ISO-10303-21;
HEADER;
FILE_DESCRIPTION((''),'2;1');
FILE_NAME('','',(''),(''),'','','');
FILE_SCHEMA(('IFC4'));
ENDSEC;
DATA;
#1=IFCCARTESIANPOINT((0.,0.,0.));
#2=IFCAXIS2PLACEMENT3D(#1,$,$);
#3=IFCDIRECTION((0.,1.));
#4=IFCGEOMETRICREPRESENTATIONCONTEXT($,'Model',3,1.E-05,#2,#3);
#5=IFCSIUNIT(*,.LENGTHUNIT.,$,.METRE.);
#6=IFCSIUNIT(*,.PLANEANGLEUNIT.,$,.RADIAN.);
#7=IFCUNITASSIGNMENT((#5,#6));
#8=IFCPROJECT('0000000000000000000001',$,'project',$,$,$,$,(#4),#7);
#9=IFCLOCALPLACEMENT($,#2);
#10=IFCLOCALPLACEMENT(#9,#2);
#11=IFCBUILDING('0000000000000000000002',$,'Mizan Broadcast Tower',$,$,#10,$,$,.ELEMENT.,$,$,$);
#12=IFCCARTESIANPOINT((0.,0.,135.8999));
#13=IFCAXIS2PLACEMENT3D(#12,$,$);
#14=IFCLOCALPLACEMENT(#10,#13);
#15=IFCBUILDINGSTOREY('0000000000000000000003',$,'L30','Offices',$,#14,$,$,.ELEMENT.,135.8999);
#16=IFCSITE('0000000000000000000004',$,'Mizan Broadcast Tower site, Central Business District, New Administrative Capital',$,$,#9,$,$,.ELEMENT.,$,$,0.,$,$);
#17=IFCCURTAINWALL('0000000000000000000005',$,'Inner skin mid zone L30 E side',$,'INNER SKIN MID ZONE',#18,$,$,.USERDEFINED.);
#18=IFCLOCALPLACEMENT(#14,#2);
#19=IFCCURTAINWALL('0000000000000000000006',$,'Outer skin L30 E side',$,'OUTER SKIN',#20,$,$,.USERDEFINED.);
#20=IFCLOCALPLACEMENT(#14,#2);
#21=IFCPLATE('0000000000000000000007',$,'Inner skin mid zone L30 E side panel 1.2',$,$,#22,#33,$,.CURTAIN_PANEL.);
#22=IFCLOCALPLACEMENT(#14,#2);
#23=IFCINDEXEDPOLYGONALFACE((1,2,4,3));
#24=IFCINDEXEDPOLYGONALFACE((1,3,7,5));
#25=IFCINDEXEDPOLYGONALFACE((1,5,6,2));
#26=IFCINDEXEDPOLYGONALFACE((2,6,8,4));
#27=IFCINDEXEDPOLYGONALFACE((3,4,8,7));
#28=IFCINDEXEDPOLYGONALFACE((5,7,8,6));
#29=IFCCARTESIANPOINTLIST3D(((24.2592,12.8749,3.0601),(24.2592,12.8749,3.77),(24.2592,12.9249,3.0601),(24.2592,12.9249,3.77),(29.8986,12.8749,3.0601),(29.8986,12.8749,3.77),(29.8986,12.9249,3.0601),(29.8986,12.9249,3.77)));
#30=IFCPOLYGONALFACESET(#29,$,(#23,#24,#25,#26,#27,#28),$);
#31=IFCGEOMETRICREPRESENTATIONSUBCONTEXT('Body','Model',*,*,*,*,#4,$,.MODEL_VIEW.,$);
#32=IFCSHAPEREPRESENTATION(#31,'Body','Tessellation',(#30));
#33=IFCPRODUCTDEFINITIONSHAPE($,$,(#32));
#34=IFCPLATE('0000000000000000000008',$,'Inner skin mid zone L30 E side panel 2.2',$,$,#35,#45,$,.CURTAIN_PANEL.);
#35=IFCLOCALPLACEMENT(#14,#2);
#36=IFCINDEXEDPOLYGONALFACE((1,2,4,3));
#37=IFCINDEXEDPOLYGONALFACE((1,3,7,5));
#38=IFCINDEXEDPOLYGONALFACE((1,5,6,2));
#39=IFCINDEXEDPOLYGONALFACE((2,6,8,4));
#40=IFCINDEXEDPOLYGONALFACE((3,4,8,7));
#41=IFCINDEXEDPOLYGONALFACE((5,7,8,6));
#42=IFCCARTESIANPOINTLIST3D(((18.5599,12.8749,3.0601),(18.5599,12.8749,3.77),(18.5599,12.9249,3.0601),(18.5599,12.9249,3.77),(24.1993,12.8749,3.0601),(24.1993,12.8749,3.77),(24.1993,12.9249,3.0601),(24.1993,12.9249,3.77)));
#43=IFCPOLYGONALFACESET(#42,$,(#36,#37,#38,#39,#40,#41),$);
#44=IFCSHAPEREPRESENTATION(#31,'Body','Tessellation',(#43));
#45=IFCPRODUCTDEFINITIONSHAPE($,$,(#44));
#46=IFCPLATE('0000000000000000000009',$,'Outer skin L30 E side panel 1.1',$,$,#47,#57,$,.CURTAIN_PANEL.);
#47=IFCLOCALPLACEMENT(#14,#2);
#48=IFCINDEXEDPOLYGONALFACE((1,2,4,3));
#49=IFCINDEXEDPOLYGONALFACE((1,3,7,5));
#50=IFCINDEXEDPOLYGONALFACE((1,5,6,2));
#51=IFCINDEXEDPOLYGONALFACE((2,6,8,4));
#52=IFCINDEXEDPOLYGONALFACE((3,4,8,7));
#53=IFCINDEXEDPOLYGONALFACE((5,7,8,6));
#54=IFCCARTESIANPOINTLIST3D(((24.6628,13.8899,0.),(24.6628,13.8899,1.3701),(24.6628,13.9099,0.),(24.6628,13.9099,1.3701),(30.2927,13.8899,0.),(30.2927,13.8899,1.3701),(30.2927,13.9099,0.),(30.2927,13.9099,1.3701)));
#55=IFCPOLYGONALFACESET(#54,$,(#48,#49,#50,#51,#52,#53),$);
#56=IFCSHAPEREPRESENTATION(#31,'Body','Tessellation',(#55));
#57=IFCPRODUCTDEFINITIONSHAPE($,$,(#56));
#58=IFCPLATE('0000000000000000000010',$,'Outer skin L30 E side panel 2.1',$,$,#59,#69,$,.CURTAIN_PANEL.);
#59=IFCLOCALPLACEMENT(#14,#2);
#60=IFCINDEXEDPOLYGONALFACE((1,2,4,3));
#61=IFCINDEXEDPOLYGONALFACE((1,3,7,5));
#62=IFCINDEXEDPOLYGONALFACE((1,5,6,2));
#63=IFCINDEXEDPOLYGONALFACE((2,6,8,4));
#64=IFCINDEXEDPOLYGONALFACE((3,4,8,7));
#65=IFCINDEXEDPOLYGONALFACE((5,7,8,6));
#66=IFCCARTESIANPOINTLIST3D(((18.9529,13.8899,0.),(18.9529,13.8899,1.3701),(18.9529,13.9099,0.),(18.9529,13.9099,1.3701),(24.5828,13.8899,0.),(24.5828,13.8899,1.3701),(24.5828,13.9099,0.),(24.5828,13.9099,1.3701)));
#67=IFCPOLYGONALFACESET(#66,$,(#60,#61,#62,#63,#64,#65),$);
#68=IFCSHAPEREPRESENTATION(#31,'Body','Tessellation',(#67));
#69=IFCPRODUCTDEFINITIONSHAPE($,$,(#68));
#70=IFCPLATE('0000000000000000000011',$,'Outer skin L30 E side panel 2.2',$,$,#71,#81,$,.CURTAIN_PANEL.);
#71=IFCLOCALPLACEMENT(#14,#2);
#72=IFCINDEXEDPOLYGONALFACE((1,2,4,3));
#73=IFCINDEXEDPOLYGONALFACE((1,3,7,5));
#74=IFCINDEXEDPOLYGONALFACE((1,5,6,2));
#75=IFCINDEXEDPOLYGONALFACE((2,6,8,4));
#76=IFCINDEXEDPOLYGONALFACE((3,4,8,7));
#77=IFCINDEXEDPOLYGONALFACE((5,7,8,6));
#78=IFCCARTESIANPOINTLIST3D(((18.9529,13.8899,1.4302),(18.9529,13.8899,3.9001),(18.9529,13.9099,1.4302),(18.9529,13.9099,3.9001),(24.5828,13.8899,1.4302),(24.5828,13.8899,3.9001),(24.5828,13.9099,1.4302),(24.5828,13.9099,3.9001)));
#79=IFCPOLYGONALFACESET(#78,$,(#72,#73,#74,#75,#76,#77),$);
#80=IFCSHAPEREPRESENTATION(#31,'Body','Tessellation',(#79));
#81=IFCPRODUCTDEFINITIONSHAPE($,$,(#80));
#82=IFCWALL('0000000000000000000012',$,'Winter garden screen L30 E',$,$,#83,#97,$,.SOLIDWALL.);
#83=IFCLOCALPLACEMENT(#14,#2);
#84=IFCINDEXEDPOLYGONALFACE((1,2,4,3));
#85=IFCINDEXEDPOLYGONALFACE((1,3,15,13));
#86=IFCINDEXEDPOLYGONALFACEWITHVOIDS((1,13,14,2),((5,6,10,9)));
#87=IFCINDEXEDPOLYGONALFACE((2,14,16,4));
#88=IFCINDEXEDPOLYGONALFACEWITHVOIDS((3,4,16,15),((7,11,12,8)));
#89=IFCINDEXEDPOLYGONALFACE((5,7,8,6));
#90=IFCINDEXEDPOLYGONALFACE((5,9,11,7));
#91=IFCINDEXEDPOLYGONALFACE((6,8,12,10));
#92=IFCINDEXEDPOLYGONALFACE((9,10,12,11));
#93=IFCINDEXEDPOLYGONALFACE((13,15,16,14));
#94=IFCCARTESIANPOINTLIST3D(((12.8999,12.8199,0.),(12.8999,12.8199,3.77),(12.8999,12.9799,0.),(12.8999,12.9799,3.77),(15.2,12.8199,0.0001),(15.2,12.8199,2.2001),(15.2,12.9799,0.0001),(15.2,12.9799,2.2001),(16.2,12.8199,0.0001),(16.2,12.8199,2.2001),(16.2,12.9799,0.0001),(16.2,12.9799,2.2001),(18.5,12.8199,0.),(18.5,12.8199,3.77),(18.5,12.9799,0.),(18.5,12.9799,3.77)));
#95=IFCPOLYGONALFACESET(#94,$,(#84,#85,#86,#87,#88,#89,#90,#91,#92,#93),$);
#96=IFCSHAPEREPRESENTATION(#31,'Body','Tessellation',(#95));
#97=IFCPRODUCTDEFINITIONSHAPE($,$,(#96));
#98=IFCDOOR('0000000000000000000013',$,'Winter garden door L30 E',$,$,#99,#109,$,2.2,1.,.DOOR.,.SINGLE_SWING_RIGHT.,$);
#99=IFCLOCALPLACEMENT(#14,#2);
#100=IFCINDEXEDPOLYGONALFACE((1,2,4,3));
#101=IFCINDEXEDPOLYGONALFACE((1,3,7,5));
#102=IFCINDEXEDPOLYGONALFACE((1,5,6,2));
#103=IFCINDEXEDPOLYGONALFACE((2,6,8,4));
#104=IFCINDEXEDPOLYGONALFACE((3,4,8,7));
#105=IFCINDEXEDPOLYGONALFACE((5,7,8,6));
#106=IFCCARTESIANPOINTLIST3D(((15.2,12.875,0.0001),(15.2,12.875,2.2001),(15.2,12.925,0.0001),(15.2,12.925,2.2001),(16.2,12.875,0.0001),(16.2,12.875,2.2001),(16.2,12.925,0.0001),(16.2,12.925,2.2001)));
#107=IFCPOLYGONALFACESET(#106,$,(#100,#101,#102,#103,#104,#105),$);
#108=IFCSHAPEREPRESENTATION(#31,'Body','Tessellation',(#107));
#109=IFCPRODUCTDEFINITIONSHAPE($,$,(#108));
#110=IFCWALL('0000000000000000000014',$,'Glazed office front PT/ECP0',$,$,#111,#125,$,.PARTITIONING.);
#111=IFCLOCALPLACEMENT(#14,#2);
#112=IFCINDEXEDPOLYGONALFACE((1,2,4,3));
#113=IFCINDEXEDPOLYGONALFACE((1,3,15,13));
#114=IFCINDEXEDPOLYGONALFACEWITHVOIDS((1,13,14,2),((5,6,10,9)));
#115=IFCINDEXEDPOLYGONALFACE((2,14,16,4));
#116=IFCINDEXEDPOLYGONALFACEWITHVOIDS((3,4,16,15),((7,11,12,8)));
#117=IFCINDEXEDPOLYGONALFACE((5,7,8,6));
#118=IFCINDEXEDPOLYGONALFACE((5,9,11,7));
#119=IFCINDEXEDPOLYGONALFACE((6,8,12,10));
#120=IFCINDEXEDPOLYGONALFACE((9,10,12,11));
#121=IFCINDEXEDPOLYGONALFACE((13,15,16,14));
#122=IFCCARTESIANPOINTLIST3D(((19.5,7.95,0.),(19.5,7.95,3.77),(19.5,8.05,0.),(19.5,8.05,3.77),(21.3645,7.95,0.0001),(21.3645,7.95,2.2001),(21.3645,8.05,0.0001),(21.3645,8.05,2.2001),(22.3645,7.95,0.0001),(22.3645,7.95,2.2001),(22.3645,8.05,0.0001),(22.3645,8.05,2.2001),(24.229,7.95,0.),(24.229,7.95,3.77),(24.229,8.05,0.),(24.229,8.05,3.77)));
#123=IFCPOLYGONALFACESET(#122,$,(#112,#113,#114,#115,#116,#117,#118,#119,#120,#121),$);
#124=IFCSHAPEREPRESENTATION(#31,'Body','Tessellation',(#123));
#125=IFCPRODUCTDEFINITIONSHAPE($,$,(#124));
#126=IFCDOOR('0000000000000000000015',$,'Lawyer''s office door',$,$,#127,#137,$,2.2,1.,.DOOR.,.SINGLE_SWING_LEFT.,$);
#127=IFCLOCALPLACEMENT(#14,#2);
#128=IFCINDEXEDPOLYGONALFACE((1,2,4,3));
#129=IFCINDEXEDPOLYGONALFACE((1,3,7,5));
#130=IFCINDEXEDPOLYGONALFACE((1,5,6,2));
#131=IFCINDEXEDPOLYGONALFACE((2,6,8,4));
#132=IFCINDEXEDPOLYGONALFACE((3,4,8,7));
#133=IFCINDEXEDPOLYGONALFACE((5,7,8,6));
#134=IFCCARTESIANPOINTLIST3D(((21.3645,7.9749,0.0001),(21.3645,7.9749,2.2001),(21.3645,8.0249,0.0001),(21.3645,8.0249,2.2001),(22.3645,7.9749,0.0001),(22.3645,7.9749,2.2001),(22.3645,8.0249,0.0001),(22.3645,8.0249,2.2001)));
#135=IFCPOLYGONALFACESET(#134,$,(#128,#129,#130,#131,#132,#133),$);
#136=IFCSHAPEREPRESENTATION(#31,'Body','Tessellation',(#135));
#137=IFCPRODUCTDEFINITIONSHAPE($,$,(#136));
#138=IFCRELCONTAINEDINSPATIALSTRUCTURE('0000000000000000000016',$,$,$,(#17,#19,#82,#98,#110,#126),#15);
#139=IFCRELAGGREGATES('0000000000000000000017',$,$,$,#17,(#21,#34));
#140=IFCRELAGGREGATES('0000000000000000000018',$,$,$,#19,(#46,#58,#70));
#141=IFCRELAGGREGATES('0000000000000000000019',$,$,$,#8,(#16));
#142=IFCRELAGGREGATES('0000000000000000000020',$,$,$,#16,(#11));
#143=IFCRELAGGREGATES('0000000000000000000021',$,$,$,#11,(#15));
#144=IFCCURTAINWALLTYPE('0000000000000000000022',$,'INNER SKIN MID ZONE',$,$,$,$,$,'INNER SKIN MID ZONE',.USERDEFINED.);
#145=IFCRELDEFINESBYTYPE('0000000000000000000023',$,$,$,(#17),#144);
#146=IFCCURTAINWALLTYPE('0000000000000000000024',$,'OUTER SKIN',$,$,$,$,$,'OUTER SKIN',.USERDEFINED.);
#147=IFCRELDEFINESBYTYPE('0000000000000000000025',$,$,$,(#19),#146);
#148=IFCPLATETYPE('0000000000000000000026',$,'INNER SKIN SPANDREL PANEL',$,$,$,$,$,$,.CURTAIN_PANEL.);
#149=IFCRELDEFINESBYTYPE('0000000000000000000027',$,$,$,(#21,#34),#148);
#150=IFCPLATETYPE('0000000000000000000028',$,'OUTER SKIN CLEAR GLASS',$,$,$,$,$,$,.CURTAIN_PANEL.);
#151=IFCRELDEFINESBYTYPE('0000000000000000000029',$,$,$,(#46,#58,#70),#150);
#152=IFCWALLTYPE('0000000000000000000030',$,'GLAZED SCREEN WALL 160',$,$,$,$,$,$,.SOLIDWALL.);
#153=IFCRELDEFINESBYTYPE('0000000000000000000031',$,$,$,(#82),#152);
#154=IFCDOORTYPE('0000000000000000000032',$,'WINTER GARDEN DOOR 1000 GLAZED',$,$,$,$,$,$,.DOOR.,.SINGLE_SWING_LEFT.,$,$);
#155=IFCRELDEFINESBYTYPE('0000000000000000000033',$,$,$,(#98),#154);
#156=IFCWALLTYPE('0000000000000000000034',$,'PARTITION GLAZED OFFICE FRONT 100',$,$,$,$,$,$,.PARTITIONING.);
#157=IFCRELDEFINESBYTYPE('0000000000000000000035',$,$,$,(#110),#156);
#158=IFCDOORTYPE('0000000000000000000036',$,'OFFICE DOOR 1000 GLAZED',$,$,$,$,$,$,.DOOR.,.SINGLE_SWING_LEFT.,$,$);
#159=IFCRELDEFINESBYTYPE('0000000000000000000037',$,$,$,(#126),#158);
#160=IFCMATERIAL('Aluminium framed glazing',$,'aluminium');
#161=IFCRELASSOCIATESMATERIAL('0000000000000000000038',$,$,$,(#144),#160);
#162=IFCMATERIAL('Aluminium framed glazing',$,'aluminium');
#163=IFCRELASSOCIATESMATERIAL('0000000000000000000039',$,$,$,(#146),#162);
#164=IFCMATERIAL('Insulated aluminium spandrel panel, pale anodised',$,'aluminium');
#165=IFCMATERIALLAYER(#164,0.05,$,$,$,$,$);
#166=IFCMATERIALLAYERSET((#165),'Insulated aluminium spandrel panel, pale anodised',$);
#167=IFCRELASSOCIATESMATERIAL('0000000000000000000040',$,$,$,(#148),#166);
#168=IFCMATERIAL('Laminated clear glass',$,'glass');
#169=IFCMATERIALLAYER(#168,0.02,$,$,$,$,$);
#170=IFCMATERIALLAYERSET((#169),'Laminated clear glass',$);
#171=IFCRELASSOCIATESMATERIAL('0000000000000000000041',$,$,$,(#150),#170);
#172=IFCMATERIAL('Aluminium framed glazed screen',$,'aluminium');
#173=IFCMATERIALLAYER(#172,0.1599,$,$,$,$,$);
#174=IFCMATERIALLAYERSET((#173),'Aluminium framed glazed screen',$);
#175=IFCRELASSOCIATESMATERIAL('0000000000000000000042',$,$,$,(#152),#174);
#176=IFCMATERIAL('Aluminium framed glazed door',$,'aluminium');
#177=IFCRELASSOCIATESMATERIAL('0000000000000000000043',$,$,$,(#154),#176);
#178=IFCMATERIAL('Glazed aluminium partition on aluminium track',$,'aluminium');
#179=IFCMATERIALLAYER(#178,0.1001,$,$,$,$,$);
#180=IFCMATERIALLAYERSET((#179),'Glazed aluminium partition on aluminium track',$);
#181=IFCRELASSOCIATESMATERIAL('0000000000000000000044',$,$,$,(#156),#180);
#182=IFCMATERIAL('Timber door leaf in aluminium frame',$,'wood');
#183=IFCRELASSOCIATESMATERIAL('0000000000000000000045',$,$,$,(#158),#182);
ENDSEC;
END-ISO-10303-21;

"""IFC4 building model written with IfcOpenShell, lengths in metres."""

from ifc_helpers import new_model, si_unit, direction, frame, frame_2d, origin, origin_2d, place, context, subcontext, project, spatial, rectangle, extrude, material, layer, layer_set, type_object, element, fill, aggregate, save


model = new_model("IFC4")

# Units and contexts
model_context = context("Model", 3, precision=1e-05, world=origin(), true_north=direction((0.0, 1.0)))
body_context = subcontext(model_context, "Body", "Model", "MODEL_VIEW")
ifc_project = project(units=[si_unit("LENGTHUNIT", "METRE"), si_unit("PLANEANGLEUNIT", "RADIAN")], contexts=[model_context])

# Site, building, storey
site_placement = place(None, origin())
site = spatial("IfcSite", under=ifc_project, at=site_placement, Name="Mizan Broadcast Tower site, Central Business District, New Administrative Capital", CompositionType="ELEMENT", RefElevation=0.0)
building_placement = place(site_placement, origin())
building = spatial("IfcBuilding", under=site, at=building_placement, Name="Mizan Broadcast Tower", CompositionType="ELEMENT")
storey_placement = place(building_placement, frame((0.0, 0.0, 135.8999)))
storey = spatial("IfcBuildingStorey", under=building, at=storey_placement, Name="L30", Description="Offices", CompositionType="ELEMENT", Elevation=135.8999)

# Curtain walls
ifc_material_1 = material(Name="Aluminium framed glazing", Category="aluminium")
curtain_wall_type_1 = type_object("IfcCurtainWallType", Name="INNER SKIN MID ZONE", ElementType="INNER SKIN MID ZONE", PredefinedType="USERDEFINED", material=ifc_material_1)
curtain_wall_1_placement = place(storey_placement, origin())
curtain_wall_1 = element("IfcCurtainWall", 1, at=curtain_wall_1_placement, inside=storey, type_object=curtain_wall_type_1, Name="Inner skin mid zone L30 E side", ObjectType="INNER SKIN MID ZONE", PredefinedType="USERDEFINED")
ifc_material_2 = material(Name="Aluminium framed glazing", Category="aluminium")
curtain_wall_type_2 = type_object("IfcCurtainWallType", Name="OUTER SKIN", ElementType="OUTER SKIN", PredefinedType="USERDEFINED", material=ifc_material_2)
curtain_wall_2_placement = place(storey_placement, origin())
curtain_wall_2 = element("IfcCurtainWall", 2, at=curtain_wall_2_placement, inside=storey, type_object=curtain_wall_type_2, Name="Outer skin L30 E side", ObjectType="OUTER SKIN", PredefinedType="USERDEFINED")

# Plates
ifc_material_3 = material(Name="Insulated aluminium spandrel panel, pale anodised", Category="aluminium")
ifc_layer_1 = layer(ifc_material_3, 0.05)
ifc_layer_set_1 = layer_set([ifc_layer_1], Name="Insulated aluminium spandrel panel, pale anodised")
plate_type_1 = type_object("IfcPlateType", Name="INNER SKIN SPANDREL PANEL", PredefinedType="CURTAIN_PANEL", material=ifc_layer_set_1)
plate_1_placement = place(storey_placement, frame((27.0789, 12.8999, 3.0601), z_axis=(0.0, 0.0, 1.0), x_axis=(-1.0, 0.0, 0.0)))
plate_1 = element("IfcPlate", 3, at=plate_1_placement, type_object=plate_type_1, Name="Inner skin mid zone L30 E side panel 1.2", PredefinedType="CURTAIN_PANEL", context=body_context, shape_type="SweptSolid", body=[
    extrude(rectangle(XDim=5.6394, YDim=0.05, at=origin_2d()), origin(), (0.0, 0.0, 1.0), 0.71),
])
plate_2_placement = place(storey_placement, frame((21.3796, 12.8999, 3.0601), z_axis=(0.0, 0.0, 1.0), x_axis=(-1.0, 0.0, 0.0)))
plate_2 = element("IfcPlate", 4, at=plate_2_placement, type_object=plate_type_1, Name="Inner skin mid zone L30 E side panel 2.2", PredefinedType="CURTAIN_PANEL", context=body_context, shape_type="SweptSolid", body=[
    extrude(rectangle(XDim=5.6394, YDim=0.05, at=origin_2d()), origin(), (0.0, 0.0, 1.0), 0.71),
])
aggregate(curtain_wall_1, [plate_1, plate_2])
ifc_material_4 = material(Name="Laminated clear glass", Category="glass")
ifc_layer_2 = layer(ifc_material_4, 0.02)
ifc_layer_set_2 = layer_set([ifc_layer_2], Name="Laminated clear glass")
plate_type_2 = type_object("IfcPlateType", Name="OUTER SKIN CLEAR GLASS", PredefinedType="CURTAIN_PANEL", material=ifc_layer_set_2)
plate_3_placement = place(storey_placement, frame((27.4778, 13.8999, 0.0), z_axis=(0.0, 0.0, 1.0), x_axis=(-1.0, 0.0, 0.0)))
plate_3 = element("IfcPlate", 5, at=plate_3_placement, type_object=plate_type_2, Name="Outer skin L30 E side panel 1.1", PredefinedType="CURTAIN_PANEL", context=body_context, shape_type="SweptSolid", body=[
    extrude(rectangle(XDim=5.6299, YDim=0.02, at=origin_2d()), origin(), (0.0, 0.0, 1.0), 1.3701),
])
plate_4_placement = place(storey_placement, frame((21.7678, 13.8999, 0.0), z_axis=(0.0, 0.0, 1.0), x_axis=(-1.0, 0.0, 0.0)))
plate_4 = element("IfcPlate", 6, at=plate_4_placement, type_object=plate_type_2, Name="Outer skin L30 E side panel 2.1", PredefinedType="CURTAIN_PANEL", context=body_context, shape_type="SweptSolid", body=[
    extrude(rectangle(XDim=5.6299, YDim=0.02, at=origin_2d()), origin(), (0.0, 0.0, 1.0), 1.3701),
])
plate_5_placement = place(storey_placement, frame((21.7678, 13.8999, 1.4302), z_axis=(0.0, 0.0, 1.0), x_axis=(-1.0, 0.0, 0.0)))
plate_5 = element("IfcPlate", 7, at=plate_5_placement, type_object=plate_type_2, Name="Outer skin L30 E side panel 2.2", PredefinedType="CURTAIN_PANEL", context=body_context, shape_type="SweptSolid", body=[
    extrude(rectangle(XDim=5.6299, YDim=0.02, at=origin_2d()), origin(), (0.0, 0.0, 1.0), 2.47),
])
aggregate(curtain_wall_2, [plate_3, plate_4, plate_5])

# Walls, openings, doors
ifc_material_5 = material(Name="Aluminium framed glazed screen", Category="aluminium")
ifc_layer_3 = layer(ifc_material_5, 0.1599)
ifc_layer_set_3 = layer_set([ifc_layer_3], Name="Aluminium framed glazed screen")
wall_type_1 = type_object("IfcWallType", Name="GLAZED SCREEN WALL 160", PredefinedType="SOLIDWALL", material=ifc_layer_set_3)
wall_1_placement = place(storey_placement, frame((18.5, 12.8999, 0.0), z_axis=(0.0, 0.0, 1.0), x_axis=(-1.0, 0.0, 0.0)))
wall_1 = element("IfcWall", 8, at=wall_1_placement, inside=storey, type_object=wall_type_1, Name="Winter garden screen L30 E", PredefinedType="SOLIDWALL", context=body_context, shape_type="SweptSolid", body=[
    extrude(rectangle(XDim=5.6001, YDim=0.1599, at=frame_2d((2.8, 0.0))), origin(), (0.0, 0.0, 1.0), 3.77),
])
opening_1_placement = place(wall_1_placement, frame((2.3, 0.0, 0.0)))
opening_1 = element("IfcOpeningElement", 9, at=opening_1_placement, cuts=wall_1, PredefinedType="OPENING", context=body_context, shape_type="SweptSolid", body=[
    extrude(rectangle(XDim=1.0, YDim=2.2, at=frame_2d((0.5, 1.1001))), frame((0.0, 0.0898, 0.0), z_axis=(0.0, -1.0, 0.0), x_axis=(1.0, 0.0, 0.0)), (0.0, 0.0, 1.0), 0.1799),
])
ifc_material_6 = material(Name="Aluminium framed glazed door", Category="aluminium")
door_type_1 = type_object("IfcDoorType", Name="WINTER GARDEN DOOR 1000 GLAZED", OperationType="SINGLE_SWING_LEFT", PredefinedType="DOOR", material=ifc_material_6)
door_1_placement = place(opening_1_placement, origin())
door_1 = element("IfcDoor", 10, at=door_1_placement, inside=storey, type_object=door_type_1, Name="Winter garden door L30 E", OperationType="SINGLE_SWING_RIGHT", OverallHeight=2.2, OverallWidth=1.0, PredefinedType="DOOR", context=body_context, shape_type="SweptSolid", body=[
    extrude(rectangle(XDim=1.0, YDim=2.2, at=frame_2d((0.5, 1.1001))), frame((0.0, 0.0249, 0.0), z_axis=(0.0, -1.0, 0.0), x_axis=(1.0, 0.0, 0.0)), (0.0, 0.0, 1.0), 0.05),
])
fill(opening_1, door_1)
ifc_material_7 = material(Name="Glazed aluminium partition on aluminium track", Category="aluminium")
ifc_layer_4 = layer(ifc_material_7, 0.1001)
ifc_layer_set_4 = layer_set([ifc_layer_4], Name="Glazed aluminium partition on aluminium track")
wall_type_2 = type_object("IfcWallType", Name="PARTITION GLAZED OFFICE FRONT 100", PredefinedType="PARTITIONING", material=ifc_layer_set_4)
wall_2_placement = place(storey_placement, frame((19.5, 8.0, 0.0), z_axis=(0.0, 0.0, 1.0), x_axis=(1.0, 0.0, 0.0)))
wall_2 = element("IfcWall", 11, at=wall_2_placement, inside=storey, type_object=wall_type_2, Name="Glazed office front PT/ECP0", PredefinedType="PARTITIONING", context=body_context, shape_type="SweptSolid", body=[
    extrude(rectangle(XDim=4.729, YDim=0.1001, at=frame_2d((2.3645, 0.0))), origin(), (0.0, 0.0, 1.0), 3.77),
])
opening_2_placement = place(wall_2_placement, frame((1.8645, 0.0, 0.0)))
opening_2 = element("IfcOpeningElement", 12, at=opening_2_placement, cuts=wall_2, PredefinedType="OPENING", context=body_context, shape_type="SweptSolid", body=[
    extrude(rectangle(XDim=1.0, YDim=2.2, at=frame_2d((0.5, 1.1001))), frame((0.0, 0.0601, 0.0), z_axis=(0.0, -1.0, 0.0), x_axis=(1.0, 0.0, 0.0)), (0.0, 0.0, 1.0), 0.1201),
])
ifc_material_8 = material(Name="Timber door leaf in aluminium frame", Category="wood")
door_type_2 = type_object("IfcDoorType", Name="OFFICE DOOR 1000 GLAZED", OperationType="SINGLE_SWING_LEFT", PredefinedType="DOOR", material=ifc_material_8)
door_2_placement = place(opening_2_placement, origin())
door_2 = element("IfcDoor", 13, at=door_2_placement, inside=storey, type_object=door_type_2, Name="Lawyer's office door", OperationType="SINGLE_SWING_LEFT", OverallHeight=2.2, OverallWidth=1.0, PredefinedType="DOOR", context=body_context, shape_type="SweptSolid", body=[
    extrude(rectangle(XDim=1.0, YDim=2.2, at=frame_2d((0.5, 1.1001))), frame((0.0, 0.0249, 0.0), z_axis=(0.0, -1.0, 0.0), x_axis=(1.0, 0.0, 0.0)), (0.0, 0.0, 1.0), 0.05),
])
fill(opening_2, door_2)

save(model, "model.ifc")
